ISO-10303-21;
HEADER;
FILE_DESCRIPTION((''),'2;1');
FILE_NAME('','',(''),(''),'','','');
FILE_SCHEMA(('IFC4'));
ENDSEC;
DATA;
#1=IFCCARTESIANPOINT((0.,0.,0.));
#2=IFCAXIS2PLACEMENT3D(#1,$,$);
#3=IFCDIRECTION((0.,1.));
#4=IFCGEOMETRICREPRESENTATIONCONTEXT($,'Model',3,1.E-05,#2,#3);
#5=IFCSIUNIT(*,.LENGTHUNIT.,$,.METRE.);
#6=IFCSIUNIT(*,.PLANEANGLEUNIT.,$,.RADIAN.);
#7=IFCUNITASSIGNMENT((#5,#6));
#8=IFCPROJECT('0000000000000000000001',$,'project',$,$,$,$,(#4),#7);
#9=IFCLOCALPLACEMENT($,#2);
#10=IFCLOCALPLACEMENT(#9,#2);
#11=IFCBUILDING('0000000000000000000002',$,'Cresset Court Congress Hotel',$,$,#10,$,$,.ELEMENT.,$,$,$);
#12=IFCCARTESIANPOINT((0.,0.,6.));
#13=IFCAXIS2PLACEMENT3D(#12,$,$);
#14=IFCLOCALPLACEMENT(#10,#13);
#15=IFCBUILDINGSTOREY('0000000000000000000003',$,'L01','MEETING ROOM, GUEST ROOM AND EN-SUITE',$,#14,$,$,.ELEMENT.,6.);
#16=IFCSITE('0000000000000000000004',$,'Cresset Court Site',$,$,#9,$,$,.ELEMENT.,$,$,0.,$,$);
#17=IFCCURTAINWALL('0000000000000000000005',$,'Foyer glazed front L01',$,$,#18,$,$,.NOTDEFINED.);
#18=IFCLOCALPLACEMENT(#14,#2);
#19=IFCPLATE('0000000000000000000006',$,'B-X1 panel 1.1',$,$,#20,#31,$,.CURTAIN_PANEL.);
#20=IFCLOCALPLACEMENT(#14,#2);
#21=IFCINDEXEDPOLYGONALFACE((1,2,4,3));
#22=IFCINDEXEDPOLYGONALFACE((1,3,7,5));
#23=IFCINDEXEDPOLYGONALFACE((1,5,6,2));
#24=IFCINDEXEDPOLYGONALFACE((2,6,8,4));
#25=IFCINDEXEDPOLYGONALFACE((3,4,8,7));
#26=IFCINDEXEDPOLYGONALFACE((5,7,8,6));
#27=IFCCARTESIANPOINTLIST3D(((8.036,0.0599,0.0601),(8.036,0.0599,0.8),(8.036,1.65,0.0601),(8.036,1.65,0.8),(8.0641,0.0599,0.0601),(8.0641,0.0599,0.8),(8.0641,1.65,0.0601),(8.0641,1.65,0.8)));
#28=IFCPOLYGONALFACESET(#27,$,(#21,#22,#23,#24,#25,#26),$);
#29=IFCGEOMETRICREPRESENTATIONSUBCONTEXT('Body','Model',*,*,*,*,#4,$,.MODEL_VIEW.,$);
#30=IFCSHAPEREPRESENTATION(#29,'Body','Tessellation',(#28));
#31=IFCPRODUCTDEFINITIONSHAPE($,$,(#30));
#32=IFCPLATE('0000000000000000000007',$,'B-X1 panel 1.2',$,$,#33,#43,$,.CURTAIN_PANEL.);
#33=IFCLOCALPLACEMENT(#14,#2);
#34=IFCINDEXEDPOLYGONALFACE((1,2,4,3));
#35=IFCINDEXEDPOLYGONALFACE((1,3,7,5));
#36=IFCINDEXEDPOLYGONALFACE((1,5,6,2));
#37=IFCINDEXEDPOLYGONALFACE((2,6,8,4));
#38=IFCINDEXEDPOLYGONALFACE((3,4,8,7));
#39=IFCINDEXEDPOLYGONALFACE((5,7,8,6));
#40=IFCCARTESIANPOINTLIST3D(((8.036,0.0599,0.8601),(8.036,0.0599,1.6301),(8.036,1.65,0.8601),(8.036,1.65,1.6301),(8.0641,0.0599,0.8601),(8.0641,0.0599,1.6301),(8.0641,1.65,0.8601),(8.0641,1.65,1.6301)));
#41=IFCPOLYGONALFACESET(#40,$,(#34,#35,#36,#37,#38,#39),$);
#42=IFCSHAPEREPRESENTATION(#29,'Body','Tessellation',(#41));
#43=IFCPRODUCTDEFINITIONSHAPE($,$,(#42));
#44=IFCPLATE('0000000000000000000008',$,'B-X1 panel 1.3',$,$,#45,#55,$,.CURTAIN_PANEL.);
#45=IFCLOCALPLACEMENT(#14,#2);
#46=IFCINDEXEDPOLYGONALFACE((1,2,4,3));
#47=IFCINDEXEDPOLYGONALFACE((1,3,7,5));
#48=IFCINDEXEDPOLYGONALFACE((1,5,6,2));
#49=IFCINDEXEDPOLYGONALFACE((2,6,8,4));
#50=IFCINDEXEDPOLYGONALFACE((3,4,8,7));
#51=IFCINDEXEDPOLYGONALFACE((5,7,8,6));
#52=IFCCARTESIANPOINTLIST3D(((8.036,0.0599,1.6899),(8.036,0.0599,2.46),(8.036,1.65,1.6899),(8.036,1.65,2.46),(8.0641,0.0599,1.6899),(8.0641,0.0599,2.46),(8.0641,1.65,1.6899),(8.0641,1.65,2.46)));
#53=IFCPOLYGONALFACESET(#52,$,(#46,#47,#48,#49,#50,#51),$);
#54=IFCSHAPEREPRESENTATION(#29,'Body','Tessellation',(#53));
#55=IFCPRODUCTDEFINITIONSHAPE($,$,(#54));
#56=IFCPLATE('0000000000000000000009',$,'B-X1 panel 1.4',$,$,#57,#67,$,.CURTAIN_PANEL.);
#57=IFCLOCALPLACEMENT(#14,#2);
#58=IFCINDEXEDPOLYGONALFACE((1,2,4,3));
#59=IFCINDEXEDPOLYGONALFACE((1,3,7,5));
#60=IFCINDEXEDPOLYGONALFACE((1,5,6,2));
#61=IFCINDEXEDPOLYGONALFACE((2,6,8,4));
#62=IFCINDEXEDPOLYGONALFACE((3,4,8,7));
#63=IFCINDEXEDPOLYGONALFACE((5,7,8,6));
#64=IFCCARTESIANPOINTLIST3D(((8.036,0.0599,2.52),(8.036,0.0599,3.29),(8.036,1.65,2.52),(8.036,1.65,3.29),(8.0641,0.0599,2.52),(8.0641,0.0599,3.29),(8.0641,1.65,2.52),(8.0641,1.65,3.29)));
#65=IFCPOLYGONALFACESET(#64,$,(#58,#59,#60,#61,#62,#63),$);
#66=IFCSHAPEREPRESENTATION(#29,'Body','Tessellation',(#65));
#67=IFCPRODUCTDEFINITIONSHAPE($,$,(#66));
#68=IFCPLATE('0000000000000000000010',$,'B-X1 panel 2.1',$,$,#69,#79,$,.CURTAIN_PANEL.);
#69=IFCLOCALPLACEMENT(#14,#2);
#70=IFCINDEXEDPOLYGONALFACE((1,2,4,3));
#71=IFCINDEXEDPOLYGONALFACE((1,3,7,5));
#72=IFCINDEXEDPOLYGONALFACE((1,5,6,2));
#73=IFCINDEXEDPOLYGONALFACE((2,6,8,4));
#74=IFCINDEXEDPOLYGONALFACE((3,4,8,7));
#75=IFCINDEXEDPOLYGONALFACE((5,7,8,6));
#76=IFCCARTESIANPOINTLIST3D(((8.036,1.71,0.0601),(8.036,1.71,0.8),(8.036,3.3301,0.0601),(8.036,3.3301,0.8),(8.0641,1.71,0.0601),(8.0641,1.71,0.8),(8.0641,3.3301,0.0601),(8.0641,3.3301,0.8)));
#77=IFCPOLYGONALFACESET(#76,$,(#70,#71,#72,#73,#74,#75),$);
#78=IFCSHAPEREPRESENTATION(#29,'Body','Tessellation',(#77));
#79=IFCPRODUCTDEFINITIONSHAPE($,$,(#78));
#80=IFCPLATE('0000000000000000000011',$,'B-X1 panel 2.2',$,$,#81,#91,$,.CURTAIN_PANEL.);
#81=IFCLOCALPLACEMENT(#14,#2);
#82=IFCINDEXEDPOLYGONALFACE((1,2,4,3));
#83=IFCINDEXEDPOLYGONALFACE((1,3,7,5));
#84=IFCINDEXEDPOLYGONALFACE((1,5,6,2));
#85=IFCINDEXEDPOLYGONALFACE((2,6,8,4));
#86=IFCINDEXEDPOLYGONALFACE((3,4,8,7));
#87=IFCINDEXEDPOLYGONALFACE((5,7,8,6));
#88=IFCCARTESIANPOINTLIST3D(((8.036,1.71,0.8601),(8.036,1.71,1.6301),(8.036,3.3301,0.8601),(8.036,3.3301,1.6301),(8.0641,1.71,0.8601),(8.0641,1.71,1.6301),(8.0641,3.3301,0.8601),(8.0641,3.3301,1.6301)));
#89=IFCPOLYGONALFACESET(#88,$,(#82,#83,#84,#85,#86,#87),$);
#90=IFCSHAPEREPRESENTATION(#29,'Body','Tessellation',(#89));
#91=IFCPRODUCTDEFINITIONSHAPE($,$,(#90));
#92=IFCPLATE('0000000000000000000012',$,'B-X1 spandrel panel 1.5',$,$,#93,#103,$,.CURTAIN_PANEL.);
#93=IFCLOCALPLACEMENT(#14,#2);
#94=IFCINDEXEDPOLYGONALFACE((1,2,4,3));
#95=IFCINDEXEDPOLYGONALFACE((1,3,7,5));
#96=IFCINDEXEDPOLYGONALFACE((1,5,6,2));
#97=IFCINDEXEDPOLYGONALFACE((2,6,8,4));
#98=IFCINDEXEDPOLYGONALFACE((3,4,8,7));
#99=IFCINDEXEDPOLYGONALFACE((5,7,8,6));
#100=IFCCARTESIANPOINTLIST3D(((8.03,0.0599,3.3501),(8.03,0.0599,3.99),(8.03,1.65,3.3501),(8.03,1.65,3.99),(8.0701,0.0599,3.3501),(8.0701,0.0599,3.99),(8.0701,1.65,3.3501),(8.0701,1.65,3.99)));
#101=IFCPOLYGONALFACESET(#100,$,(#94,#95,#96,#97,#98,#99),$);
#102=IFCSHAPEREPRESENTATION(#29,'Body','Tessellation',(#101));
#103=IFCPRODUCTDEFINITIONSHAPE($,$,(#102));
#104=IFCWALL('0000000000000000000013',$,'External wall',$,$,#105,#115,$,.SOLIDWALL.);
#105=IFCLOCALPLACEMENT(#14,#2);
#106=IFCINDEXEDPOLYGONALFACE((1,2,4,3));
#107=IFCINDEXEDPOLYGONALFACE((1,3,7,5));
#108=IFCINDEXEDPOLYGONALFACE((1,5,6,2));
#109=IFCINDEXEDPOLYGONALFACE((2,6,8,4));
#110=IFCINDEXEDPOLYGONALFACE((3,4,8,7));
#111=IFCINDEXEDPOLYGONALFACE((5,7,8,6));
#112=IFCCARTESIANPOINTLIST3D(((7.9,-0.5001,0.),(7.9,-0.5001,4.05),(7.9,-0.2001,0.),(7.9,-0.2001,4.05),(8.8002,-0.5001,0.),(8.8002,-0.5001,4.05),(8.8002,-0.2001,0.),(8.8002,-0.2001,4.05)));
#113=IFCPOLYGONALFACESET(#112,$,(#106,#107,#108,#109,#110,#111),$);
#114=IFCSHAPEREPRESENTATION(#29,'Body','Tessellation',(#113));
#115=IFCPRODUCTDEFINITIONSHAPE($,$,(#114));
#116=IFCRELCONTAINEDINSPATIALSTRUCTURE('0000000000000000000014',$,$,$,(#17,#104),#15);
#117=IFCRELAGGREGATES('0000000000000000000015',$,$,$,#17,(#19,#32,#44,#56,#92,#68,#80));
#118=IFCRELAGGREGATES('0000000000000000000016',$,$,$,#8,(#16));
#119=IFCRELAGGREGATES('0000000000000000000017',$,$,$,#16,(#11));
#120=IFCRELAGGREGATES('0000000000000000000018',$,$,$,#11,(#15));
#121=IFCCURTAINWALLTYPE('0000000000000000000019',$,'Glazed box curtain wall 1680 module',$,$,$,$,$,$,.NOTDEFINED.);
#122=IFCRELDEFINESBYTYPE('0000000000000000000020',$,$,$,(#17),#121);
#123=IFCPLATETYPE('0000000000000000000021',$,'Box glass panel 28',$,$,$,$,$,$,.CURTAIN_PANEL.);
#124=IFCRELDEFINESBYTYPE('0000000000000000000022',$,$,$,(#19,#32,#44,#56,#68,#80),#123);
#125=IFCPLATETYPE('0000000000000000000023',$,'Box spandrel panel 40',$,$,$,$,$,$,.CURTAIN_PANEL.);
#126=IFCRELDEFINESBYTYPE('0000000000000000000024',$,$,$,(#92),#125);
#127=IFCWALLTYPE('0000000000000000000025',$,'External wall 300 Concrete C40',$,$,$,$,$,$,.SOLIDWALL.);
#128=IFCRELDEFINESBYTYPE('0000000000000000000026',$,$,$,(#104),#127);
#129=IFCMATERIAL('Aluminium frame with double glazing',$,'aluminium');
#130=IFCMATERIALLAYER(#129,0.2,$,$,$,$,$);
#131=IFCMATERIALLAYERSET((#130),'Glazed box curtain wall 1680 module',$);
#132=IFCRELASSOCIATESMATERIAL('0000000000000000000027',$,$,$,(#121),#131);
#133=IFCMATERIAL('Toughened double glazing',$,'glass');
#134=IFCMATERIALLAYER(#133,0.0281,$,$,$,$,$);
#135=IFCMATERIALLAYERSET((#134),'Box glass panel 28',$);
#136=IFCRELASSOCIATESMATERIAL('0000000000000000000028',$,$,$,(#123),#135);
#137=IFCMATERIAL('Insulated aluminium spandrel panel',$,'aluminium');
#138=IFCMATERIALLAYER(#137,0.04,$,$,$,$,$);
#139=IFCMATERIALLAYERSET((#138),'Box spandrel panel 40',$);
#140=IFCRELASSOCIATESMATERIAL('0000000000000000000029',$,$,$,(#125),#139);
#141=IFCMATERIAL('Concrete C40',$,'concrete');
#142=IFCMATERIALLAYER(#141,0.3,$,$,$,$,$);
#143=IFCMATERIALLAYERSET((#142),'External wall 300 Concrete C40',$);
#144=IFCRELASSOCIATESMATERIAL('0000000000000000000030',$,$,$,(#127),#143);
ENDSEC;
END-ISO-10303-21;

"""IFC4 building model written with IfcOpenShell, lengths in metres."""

from ifc_helpers import new_model, si_unit, direction, frame, frame_2d, origin, origin_2d, place, context, subcontext, project, spatial, rectangle, extrude, material, layer, layer_set, type_object, element, aggregate, save


model = new_model("IFC4")

# Units and contexts
model_context = context("Model", 3, precision=1e-05, world=origin(), true_north=direction((0.0, 1.0)))
body_context = subcontext(model_context, "Body", "Model", "MODEL_VIEW")
ifc_project = project(units=[si_unit("LENGTHUNIT", "METRE"), si_unit("PLANEANGLEUNIT", "RADIAN")], contexts=[model_context])

# Site, building, storey
site_placement = place(None, origin())
site = spatial("IfcSite", under=ifc_project, at=site_placement, Name="Cresset Court Site", CompositionType="ELEMENT", RefElevation=0.0)
building_placement = place(site_placement, origin())
building = spatial("IfcBuilding", under=site, at=building_placement, Name="Cresset Court Congress Hotel", CompositionType="ELEMENT")
storey_placement = place(building_placement, frame((0.0, 0.0, 6.0)))
storey = spatial("IfcBuildingStorey", under=building, at=storey_placement, Name="L01", Description="MEETING ROOM, GUEST ROOM AND EN-SUITE", CompositionType="ELEMENT", Elevation=6.0)

# Curtain wall, plates
ifc_material_1 = material(Name="Aluminium frame with double glazing", Category="aluminium")
ifc_layer_1 = layer(ifc_material_1, 0.2)
ifc_layer_set_1 = layer_set([ifc_layer_1], Name="Glazed box curtain wall 1680 module")
curtain_wall_type = type_object("IfcCurtainWallType", Name="Glazed box curtain wall 1680 module", PredefinedType="NOTDEFINED", material=ifc_layer_set_1)
curtain_wall_placement = place(storey_placement, origin())
curtain_wall = element("IfcCurtainWall", 1, at=curtain_wall_placement, inside=storey, type_object=curtain_wall_type, Name="Foyer glazed front L01", PredefinedType="NOTDEFINED")
ifc_material_2 = material(Name="Toughened double glazing", Category="glass")
ifc_layer_2 = layer(ifc_material_2, 0.0281)
ifc_layer_set_2 = layer_set([ifc_layer_2], Name="Box glass panel 28")
plate_type_1 = type_object("IfcPlateType", Name="Box glass panel 28", PredefinedType="CURTAIN_PANEL", material=ifc_layer_set_2)
plate_1_placement = place(storey_placement, frame((8.05, 0.855, 0.0601), z_axis=(0.0, 0.0, 1.0), x_axis=(0.0, 1.0, 0.0)))
plate_1 = element("IfcPlate", 2, at=plate_1_placement, type_object=plate_type_1, Name="B-X1 panel 1.1", PredefinedType="CURTAIN_PANEL", context=body_context, shape_type="SweptSolid", body=[
    extrude(rectangle(XDim=1.5901, YDim=0.0281, at=origin_2d()), origin(), (0.0, 0.0, 1.0), 0.74),
])
plate_2_placement = place(storey_placement, frame((8.05, 0.855, 0.8601), z_axis=(0.0, 0.0, 1.0), x_axis=(0.0, 1.0, 0.0)))
plate_2 = element("IfcPlate", 3, at=plate_2_placement, type_object=plate_type_1, Name="B-X1 panel 1.2", PredefinedType="CURTAIN_PANEL", context=body_context, shape_type="SweptSolid", body=[
    extrude(rectangle(XDim=1.5901, YDim=0.0281, at=origin_2d()), origin(), (0.0, 0.0, 1.0), 0.77),
])
plate_3_placement = place(storey_placement, frame((8.05, 0.855, 1.6899), z_axis=(0.0, 0.0, 1.0), x_axis=(0.0, 1.0, 0.0)))
plate_3 = element("IfcPlate", 4, at=plate_3_placement, type_object=plate_type_1, Name="B-X1 panel 1.3", PredefinedType="CURTAIN_PANEL", context=body_context, shape_type="SweptSolid", body=[
    extrude(rectangle(XDim=1.5901, YDim=0.0281, at=origin_2d()), origin(), (0.0, 0.0, 1.0), 0.77),
])
plate_4_placement = place(storey_placement, frame((8.05, 0.855, 2.52), z_axis=(0.0, 0.0, 1.0), x_axis=(0.0, 1.0, 0.0)))
plate_4 = element("IfcPlate", 5, at=plate_4_placement, type_object=plate_type_1, Name="B-X1 panel 1.4", PredefinedType="CURTAIN_PANEL", context=body_context, shape_type="SweptSolid", body=[
    extrude(rectangle(XDim=1.5901, YDim=0.0281, at=origin_2d()), origin(), (0.0, 0.0, 1.0), 0.77),
])
plate_5_placement = place(storey_placement, frame((8.05, 2.52, 0.0601), z_axis=(0.0, 0.0, 1.0), x_axis=(0.0, 1.0, 0.0)))
plate_5 = element("IfcPlate", 6, at=plate_5_placement, type_object=plate_type_1, Name="B-X1 panel 2.1", PredefinedType="CURTAIN_PANEL", context=body_context, shape_type="SweptSolid", body=[
    extrude(rectangle(XDim=1.6201, YDim=0.0281, at=origin_2d()), origin(), (0.0, 0.0, 1.0), 0.74),
])
plate_6_placement = place(storey_placement, frame((8.05, 2.52, 0.8601), z_axis=(0.0, 0.0, 1.0), x_axis=(0.0, 1.0, 0.0)))
plate_6 = element("IfcPlate", 7, at=plate_6_placement, type_object=plate_type_1, Name="B-X1 panel 2.2", PredefinedType="CURTAIN_PANEL", context=body_context, shape_type="SweptSolid", body=[
    extrude(rectangle(XDim=1.6201, YDim=0.0281, at=origin_2d()), origin(), (0.0, 0.0, 1.0), 0.77),
])
ifc_material_3 = material(Name="Insulated aluminium spandrel panel", Category="aluminium")
ifc_layer_3 = layer(ifc_material_3, 0.04)
ifc_layer_set_3 = layer_set([ifc_layer_3], Name="Box spandrel panel 40")
plate_type_2 = type_object("IfcPlateType", Name="Box spandrel panel 40", PredefinedType="CURTAIN_PANEL", material=ifc_layer_set_3)
plate_7_placement = place(storey_placement, frame((8.05, 0.855, 3.3501), z_axis=(0.0, 0.0, 1.0), x_axis=(0.0, 1.0, 0.0)))
plate_7 = element("IfcPlate", 8, at=plate_7_placement, type_object=plate_type_2, Name="B-X1 spandrel panel 1.5", PredefinedType="CURTAIN_PANEL", context=body_context, shape_type="SweptSolid", body=[
    extrude(rectangle(XDim=1.5901, YDim=0.04, at=origin_2d()), origin(), (0.0, 0.0, 1.0), 0.6399),
])
aggregate(curtain_wall, [plate_1, plate_2, plate_3, plate_4, plate_7, plate_5, plate_6])

# Wall
ifc_material_4 = material(Name="Concrete C40", Category="concrete")
ifc_layer_4 = layer(ifc_material_4, 0.3)
ifc_layer_set_4 = layer_set([ifc_layer_4], Name="External wall 300 Concrete C40")
wall_type = type_object("IfcWallType", Name="External wall 300 Concrete C40", PredefinedType="SOLIDWALL", material=ifc_layer_set_4)
wall_placement = place(storey_placement, frame((7.8999, -0.3501, 0.0), z_axis=(0.0, 0.0, 1.0), x_axis=(1.0, 0.0, 0.0)))
element("IfcWall", 9, at=wall_placement, inside=storey, type_object=wall_type, Name="External wall", PredefinedType="SOLIDWALL", context=body_context, shape_type="SweptSolid", body=[
    extrude(rectangle(XDim=0.9001, YDim=0.3, at=frame_2d((0.4502, 0.0))), origin(), (0.0, 0.0, 1.0), 4.05),
])

save(model, "model.ifc")
